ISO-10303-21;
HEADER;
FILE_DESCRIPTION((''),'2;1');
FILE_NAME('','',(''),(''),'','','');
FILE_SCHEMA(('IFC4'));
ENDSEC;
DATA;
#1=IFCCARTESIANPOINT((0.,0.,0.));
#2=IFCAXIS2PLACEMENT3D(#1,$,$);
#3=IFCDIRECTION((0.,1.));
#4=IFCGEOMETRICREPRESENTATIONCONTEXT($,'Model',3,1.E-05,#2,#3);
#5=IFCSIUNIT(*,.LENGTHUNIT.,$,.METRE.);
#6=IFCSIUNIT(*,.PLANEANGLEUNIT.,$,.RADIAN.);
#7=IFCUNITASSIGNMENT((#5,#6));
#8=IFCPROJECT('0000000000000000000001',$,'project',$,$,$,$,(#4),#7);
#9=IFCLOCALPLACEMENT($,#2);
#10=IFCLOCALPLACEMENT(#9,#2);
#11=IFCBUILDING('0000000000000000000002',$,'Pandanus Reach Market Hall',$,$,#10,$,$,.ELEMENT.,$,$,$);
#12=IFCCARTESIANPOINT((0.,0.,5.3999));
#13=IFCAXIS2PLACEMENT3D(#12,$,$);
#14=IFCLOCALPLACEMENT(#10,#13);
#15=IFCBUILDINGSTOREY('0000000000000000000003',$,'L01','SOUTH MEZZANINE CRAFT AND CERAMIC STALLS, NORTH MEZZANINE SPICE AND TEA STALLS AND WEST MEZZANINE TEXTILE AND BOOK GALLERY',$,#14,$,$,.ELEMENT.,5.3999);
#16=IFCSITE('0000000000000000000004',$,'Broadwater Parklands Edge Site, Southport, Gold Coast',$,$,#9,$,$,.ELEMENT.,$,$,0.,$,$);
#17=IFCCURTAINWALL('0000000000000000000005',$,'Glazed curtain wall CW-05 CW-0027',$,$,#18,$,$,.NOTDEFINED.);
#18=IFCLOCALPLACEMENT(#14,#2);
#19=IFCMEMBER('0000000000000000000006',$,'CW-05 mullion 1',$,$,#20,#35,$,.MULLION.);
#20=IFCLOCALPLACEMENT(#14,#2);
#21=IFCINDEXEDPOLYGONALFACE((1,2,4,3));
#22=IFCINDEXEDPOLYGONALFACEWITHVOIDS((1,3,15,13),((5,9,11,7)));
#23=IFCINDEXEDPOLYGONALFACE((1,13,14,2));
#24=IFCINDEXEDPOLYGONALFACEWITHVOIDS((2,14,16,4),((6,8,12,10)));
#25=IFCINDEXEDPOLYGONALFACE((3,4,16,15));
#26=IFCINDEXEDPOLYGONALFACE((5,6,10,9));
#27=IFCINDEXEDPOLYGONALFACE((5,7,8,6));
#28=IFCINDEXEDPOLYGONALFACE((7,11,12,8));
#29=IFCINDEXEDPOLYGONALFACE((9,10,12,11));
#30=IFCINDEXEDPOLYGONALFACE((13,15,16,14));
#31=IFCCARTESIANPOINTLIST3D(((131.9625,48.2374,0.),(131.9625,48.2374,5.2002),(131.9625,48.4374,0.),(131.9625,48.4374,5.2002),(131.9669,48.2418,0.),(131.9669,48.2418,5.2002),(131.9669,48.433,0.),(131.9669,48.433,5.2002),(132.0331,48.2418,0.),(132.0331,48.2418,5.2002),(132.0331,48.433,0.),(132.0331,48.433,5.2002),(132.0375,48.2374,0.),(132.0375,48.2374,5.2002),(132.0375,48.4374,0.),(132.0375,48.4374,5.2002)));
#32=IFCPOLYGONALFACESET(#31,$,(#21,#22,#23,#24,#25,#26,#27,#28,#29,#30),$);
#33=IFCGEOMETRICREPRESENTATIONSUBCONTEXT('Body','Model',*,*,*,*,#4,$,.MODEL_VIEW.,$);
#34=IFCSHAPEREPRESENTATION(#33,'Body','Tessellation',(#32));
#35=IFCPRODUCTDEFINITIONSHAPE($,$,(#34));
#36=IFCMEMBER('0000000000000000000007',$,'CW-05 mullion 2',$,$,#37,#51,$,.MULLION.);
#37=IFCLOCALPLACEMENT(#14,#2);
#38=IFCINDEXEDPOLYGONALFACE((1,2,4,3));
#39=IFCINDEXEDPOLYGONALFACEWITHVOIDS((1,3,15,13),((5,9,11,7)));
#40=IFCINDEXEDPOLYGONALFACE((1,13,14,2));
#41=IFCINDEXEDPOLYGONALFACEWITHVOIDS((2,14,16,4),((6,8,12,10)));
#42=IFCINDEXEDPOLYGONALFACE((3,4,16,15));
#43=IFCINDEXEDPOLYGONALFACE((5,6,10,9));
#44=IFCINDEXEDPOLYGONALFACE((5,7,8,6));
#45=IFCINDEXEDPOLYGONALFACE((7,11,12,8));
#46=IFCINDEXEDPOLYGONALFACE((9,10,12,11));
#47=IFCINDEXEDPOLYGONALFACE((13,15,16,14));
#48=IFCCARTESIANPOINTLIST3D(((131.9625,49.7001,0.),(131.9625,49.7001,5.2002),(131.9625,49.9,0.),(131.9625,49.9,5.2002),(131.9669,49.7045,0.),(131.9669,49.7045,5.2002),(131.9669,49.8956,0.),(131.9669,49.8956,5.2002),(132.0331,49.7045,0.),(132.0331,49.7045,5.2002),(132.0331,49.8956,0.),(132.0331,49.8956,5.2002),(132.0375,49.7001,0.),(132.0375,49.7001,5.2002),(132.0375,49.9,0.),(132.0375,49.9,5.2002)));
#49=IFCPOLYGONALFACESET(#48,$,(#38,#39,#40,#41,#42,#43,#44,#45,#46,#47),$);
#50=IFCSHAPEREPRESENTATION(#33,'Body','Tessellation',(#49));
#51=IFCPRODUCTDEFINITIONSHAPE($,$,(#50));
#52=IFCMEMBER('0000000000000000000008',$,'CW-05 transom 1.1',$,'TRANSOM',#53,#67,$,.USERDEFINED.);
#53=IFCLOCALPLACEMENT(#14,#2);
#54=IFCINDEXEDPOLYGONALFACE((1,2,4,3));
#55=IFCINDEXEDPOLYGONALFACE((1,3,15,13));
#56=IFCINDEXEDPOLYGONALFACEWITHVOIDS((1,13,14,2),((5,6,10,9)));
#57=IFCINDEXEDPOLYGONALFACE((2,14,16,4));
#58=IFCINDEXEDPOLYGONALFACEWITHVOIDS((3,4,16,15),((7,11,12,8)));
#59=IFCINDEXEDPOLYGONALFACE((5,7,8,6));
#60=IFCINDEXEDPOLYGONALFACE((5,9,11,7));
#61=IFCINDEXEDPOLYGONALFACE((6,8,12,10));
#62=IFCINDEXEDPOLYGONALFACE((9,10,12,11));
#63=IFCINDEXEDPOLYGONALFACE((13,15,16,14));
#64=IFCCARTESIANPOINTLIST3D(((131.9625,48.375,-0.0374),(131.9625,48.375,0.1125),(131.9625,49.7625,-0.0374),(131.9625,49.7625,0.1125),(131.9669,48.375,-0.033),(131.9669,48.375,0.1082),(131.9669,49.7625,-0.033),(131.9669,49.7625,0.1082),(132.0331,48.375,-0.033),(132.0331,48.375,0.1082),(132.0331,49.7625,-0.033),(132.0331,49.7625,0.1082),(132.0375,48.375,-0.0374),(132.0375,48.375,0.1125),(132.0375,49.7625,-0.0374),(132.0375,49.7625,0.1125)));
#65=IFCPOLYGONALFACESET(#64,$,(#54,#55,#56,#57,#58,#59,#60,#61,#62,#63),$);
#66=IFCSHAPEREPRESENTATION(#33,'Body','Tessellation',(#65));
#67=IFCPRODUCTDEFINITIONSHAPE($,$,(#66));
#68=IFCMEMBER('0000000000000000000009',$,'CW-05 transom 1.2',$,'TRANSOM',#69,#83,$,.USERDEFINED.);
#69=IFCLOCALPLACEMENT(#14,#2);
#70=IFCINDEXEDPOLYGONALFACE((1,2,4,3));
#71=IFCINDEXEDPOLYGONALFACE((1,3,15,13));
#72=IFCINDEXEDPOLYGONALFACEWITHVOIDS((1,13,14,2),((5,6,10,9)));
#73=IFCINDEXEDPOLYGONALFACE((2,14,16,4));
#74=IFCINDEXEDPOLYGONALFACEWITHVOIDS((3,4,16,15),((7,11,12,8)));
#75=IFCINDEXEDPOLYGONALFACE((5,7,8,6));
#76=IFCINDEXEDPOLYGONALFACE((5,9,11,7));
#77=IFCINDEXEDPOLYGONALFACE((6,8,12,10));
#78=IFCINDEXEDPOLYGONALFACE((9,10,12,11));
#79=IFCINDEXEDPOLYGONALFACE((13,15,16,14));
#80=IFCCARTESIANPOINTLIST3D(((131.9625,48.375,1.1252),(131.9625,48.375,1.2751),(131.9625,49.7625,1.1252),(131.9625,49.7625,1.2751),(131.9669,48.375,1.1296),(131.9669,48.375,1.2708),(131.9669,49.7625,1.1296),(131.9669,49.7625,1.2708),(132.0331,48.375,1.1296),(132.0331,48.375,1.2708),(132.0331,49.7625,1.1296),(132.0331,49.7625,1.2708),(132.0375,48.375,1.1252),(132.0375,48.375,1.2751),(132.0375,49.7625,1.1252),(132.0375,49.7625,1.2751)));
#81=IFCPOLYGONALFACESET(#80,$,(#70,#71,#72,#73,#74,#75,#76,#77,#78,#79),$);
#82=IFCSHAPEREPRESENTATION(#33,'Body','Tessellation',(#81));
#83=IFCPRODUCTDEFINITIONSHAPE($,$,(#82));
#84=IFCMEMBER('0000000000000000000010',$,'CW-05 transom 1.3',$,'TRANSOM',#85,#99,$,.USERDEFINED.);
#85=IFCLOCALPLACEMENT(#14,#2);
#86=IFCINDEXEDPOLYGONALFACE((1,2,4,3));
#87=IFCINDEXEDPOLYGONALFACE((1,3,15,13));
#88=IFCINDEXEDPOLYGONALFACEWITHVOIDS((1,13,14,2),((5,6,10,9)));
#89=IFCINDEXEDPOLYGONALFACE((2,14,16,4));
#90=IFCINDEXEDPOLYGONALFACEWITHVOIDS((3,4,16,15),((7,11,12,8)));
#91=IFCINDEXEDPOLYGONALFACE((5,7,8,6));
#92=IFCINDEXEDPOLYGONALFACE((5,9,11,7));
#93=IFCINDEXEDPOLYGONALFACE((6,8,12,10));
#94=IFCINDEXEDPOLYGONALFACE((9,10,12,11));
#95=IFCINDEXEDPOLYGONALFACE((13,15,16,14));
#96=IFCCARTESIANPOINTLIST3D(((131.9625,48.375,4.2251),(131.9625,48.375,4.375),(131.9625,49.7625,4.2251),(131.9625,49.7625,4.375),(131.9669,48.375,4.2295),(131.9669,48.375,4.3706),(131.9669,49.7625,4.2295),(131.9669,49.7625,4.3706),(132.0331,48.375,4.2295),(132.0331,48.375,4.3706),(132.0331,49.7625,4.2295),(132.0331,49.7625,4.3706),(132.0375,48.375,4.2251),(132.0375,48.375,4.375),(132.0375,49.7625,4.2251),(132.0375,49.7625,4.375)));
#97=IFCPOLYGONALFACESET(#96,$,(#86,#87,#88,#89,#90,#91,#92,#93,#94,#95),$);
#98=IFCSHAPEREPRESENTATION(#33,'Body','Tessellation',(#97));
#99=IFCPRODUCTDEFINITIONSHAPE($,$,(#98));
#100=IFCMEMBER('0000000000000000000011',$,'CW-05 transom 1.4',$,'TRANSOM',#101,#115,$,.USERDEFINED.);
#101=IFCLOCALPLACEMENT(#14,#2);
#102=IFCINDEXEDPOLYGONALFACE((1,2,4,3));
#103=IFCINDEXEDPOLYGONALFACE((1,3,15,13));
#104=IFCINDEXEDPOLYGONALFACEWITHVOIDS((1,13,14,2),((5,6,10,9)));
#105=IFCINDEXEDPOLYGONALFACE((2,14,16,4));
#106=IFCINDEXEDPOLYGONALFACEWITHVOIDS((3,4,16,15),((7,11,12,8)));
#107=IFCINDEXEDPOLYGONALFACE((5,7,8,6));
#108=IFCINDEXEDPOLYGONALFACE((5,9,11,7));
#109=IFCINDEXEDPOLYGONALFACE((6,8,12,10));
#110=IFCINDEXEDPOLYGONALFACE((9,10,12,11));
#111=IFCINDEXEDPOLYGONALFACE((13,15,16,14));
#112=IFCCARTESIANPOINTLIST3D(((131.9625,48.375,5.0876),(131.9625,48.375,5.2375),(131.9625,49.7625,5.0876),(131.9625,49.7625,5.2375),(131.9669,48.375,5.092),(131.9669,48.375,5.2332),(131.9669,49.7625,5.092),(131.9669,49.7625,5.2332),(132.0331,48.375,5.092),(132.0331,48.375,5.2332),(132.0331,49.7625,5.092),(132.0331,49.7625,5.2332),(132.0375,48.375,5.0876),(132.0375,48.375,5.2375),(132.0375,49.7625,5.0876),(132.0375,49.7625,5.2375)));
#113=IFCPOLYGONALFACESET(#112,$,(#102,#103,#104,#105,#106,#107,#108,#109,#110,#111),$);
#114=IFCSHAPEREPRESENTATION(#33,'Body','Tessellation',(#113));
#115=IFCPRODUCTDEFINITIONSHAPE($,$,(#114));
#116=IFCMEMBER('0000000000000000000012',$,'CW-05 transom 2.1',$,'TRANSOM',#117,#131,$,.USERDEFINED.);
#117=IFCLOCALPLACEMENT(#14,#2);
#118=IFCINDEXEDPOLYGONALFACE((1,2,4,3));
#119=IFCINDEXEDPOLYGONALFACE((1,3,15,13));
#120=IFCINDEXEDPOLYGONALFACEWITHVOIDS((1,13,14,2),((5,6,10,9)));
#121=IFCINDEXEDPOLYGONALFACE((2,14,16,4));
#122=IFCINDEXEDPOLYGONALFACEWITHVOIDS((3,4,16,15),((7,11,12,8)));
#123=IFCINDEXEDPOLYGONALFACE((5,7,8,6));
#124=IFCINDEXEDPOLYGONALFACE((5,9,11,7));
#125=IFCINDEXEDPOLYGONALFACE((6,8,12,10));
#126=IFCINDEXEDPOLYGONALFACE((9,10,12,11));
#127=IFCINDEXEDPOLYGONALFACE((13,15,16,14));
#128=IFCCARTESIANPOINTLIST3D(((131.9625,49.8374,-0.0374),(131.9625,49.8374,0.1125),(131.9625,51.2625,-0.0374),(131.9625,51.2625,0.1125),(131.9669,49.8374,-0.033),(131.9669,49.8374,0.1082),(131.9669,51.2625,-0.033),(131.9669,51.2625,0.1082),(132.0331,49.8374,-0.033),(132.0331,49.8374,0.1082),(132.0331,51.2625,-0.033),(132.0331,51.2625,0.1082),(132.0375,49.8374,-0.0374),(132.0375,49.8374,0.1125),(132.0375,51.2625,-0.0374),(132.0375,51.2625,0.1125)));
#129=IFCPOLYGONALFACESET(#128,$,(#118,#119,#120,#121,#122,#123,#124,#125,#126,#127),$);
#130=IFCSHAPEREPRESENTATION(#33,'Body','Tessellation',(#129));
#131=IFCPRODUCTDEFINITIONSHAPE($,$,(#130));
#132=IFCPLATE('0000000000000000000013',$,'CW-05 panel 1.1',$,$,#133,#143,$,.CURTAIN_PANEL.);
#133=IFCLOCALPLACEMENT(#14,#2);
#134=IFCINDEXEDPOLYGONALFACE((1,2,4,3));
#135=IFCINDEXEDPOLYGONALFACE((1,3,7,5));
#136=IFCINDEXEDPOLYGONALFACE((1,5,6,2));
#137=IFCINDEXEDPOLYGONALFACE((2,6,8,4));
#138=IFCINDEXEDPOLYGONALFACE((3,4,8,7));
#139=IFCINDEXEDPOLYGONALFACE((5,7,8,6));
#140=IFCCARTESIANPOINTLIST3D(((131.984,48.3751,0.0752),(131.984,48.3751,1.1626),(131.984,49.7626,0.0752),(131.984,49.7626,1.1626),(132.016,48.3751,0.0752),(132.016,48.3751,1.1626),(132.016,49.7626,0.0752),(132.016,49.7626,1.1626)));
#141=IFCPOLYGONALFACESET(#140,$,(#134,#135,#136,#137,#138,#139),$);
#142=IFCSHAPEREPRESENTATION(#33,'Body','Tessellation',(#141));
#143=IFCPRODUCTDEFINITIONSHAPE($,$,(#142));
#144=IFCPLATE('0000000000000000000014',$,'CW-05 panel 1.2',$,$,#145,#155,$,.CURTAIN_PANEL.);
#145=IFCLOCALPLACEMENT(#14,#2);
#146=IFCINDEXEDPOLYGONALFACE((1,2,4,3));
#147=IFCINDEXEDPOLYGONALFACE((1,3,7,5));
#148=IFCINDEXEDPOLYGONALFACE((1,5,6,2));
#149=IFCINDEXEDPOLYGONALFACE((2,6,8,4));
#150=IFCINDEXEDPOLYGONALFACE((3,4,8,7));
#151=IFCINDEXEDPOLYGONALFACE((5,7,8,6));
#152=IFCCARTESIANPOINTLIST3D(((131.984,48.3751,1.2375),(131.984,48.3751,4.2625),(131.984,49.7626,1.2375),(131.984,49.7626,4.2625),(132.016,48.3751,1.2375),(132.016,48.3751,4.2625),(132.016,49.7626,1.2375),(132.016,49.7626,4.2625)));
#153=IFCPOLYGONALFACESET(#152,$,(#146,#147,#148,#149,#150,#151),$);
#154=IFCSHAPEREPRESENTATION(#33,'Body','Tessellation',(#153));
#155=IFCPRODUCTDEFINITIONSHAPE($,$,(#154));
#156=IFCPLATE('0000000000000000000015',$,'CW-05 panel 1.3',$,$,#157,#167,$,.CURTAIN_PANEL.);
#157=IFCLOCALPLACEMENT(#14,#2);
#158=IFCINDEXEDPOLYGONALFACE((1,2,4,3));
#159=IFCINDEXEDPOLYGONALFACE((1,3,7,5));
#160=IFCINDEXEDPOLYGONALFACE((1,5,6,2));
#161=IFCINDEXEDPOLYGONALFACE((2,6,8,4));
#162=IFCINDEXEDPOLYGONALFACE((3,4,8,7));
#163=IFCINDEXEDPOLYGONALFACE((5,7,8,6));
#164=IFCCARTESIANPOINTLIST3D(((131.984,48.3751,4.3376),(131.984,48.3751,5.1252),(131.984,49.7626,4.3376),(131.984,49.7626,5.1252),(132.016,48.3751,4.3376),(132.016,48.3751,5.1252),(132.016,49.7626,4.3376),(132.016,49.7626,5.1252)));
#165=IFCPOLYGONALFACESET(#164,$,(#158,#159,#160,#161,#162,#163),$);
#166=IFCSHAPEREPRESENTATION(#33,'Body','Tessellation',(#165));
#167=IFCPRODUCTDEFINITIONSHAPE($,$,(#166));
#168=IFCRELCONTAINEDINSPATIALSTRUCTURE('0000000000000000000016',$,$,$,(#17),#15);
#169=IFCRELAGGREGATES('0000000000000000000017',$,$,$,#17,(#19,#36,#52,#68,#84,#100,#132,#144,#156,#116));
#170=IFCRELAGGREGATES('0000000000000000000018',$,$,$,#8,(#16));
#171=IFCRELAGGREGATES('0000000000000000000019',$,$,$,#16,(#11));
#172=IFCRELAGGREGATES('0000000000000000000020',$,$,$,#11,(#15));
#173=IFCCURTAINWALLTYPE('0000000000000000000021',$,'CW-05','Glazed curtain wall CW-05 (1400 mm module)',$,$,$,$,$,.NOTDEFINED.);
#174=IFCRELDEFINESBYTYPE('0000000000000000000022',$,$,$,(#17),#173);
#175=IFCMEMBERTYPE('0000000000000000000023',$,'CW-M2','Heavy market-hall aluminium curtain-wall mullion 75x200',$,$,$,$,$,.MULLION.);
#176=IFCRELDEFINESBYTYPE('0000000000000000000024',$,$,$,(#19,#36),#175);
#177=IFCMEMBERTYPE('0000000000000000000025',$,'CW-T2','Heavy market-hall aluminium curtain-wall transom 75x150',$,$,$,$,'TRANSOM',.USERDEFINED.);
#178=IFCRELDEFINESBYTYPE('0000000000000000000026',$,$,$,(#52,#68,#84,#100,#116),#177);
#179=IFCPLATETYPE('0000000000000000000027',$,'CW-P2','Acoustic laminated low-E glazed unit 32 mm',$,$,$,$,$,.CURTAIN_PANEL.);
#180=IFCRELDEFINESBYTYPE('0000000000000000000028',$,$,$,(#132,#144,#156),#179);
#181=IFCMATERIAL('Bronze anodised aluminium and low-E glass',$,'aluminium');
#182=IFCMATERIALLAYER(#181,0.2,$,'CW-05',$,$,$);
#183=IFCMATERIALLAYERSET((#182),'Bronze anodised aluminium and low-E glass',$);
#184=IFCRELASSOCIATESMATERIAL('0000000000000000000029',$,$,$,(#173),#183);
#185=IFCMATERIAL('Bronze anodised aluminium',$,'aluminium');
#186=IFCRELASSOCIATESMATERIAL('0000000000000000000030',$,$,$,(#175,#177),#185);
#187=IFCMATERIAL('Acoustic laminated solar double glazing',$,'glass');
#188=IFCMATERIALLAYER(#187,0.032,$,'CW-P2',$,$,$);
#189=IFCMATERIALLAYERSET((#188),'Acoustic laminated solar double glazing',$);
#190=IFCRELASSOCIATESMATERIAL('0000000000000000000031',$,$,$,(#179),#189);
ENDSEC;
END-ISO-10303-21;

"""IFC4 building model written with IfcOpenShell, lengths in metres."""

from ifc_helpers import new_model, si_unit, direction, frame, origin, origin_2d, place, context, subcontext, project, spatial, rectangle, hollow_rectangle, extrude, material, layer, layer_set, material_profile, profile_set, type_object, element, aggregate, save


model = new_model("IFC4")

# Units and contexts
model_context = context("Model", 3, precision=1e-05, world=origin(), true_north=direction((0.0, 1.0)))
body_context = subcontext(model_context, "Body", "Model", "MODEL_VIEW")
ifc_project = project(units=[si_unit("LENGTHUNIT", "METRE"), si_unit("PLANEANGLEUNIT", "RADIAN")], contexts=[model_context])

# Site, building, storey
site_placement = place(None, origin())
site = spatial("IfcSite", under=ifc_project, at=site_placement, Name="Broadwater Parklands Edge Site, Southport, Gold Coast", CompositionType="ELEMENT", RefElevation=0.0)
building_placement = place(site_placement, origin())
building = spatial("IfcBuilding", under=site, at=building_placement, Name="Pandanus Reach Market Hall", CompositionType="ELEMENT")
storey_placement = place(building_placement, frame((0.0, 0.0, 5.3999)))
storey = spatial("IfcBuildingStorey", under=building, at=storey_placement, Name="L01", Description="SOUTH MEZZANINE CRAFT AND CERAMIC STALLS, NORTH MEZZANINE SPICE AND TEA STALLS AND WEST MEZZANINE TEXTILE AND BOOK GALLERY", CompositionType="ELEMENT", Elevation=5.3999)

# Shared definitions
ifc_material_1 = material(Name="Bronze anodised aluminium and low-E glass", Category="aluminium")
ifc_layer_1 = layer(ifc_material_1, 0.2, Name="CW-05")
ifc_layer_set_1 = layer_set([ifc_layer_1], Name="Bronze anodised aluminium and low-E glass")
curtain_wall_type = type_object("IfcCurtainWallType", Name="CW-05", Description="Glazed curtain wall CW-05 (1400 mm module)", PredefinedType="NOTDEFINED", material=ifc_layer_set_1)
ifc_material_2 = material(Name="Bronze anodised aluminium", Category="aluminium")
ifc_material_profile_1 = material_profile(ifc_material_2, hollow_rectangle(XDim=0.075, YDim=0.2, WallThickness=0.0044, at=origin_2d()), Name="ALU75x200", Category="LoadBearing")
ifc_profile_set_1 = profile_set([ifc_material_profile_1], Name="Bronze anodised aluminium")
member_type_1 = type_object("IfcMemberType", Name="CW-M2", Description="Heavy market-hall aluminium curtain-wall mullion 75x200", PredefinedType="MULLION", material=ifc_profile_set_1)

# Curtain wall, members, plates
curtain_wall_1_placement = place(storey_placement, origin())
curtain_wall_1 = element("IfcCurtainWall", 1, at=curtain_wall_1_placement, inside=storey, type_object=curtain_wall_type, Name="Glazed curtain wall CW-05 CW-0027", PredefinedType="NOTDEFINED")
member_1_placement = place(storey_placement, frame((132.0, 48.3374, 0.0), z_axis=(0.0, 0.0, 1.0), x_axis=(-1.0, 0.0, 0.0)))
member_1 = element("IfcMember", 2, at=member_1_placement, type_object=member_type_1, Name="CW-05 mullion 1", PredefinedType="MULLION", context=body_context, shape_type="SweptSolid", body=[
    extrude(hollow_rectangle(XDim=0.075, YDim=0.2, WallThickness=0.0044, at=origin_2d()), origin(), (0.0, 0.0, 1.0), 5.2002),
])
member_2_placement = place(storey_placement, frame((132.0, 49.8, 0.0), z_axis=(0.0, 0.0, 1.0), x_axis=(-1.0, 0.0, 0.0)))
member_2 = element("IfcMember", 3, at=member_2_placement, type_object=member_type_1, Name="CW-05 mullion 2", PredefinedType="MULLION", context=body_context, shape_type="SweptSolid", body=[
    extrude(hollow_rectangle(XDim=0.075, YDim=0.2, WallThickness=0.0044, at=origin_2d()), origin(), (0.0, 0.0, 1.0), 5.2002),
])
ifc_material_profile_2 = material_profile(ifc_material_2, hollow_rectangle(XDim=0.075, YDim=0.1499, WallThickness=0.0044, at=origin_2d()), Name="ALU75x150", Category="LoadBearing")
ifc_profile_set_2 = profile_set([ifc_material_profile_2], Name="Bronze anodised aluminium")
member_type_2 = type_object("IfcMemberType", Name="CW-T2", Description="Heavy market-hall aluminium curtain-wall transom 75x150", ElementType="TRANSOM", PredefinedType="USERDEFINED", material=ifc_profile_set_2)
member_3_placement = place(storey_placement, frame((132.0, 48.375, 0.0376), z_axis=(0.0, 1.0, 0.0), x_axis=(-1.0, 0.0, 0.0)))
member_3 = element("IfcMember", 4, at=member_3_placement, type_object=member_type_2, Name="CW-05 transom 1.1", ObjectType="TRANSOM", PredefinedType="USERDEFINED", context=body_context, shape_type="SweptSolid", body=[
    extrude(hollow_rectangle(XDim=0.075, YDim=0.1499, WallThickness=0.0044, at=origin_2d()), origin(), (0.0, 0.0, 1.0), 1.3875),
])
member_4_placement = place(storey_placement, frame((132.0, 48.375, 1.2002), z_axis=(0.0, 1.0, 0.0), x_axis=(-1.0, 0.0, 0.0)))
member_4 = element("IfcMember", 5, at=member_4_placement, type_object=member_type_2, Name="CW-05 transom 1.2", ObjectType="TRANSOM", PredefinedType="USERDEFINED", context=body_context, shape_type="SweptSolid", body=[
    extrude(hollow_rectangle(XDim=0.075, YDim=0.1499, WallThickness=0.0044, at=origin_2d()), origin(), (0.0, 0.0, 1.0), 1.3875),
])
member_5_placement = place(storey_placement, frame((132.0, 48.375, 4.3), z_axis=(0.0, 1.0, 0.0), x_axis=(-1.0, 0.0, 0.0)))
member_5 = element("IfcMember", 6, at=member_5_placement, type_object=member_type_2, Name="CW-05 transom 1.3", ObjectType="TRANSOM", PredefinedType="USERDEFINED", context=body_context, shape_type="SweptSolid", body=[
    extrude(hollow_rectangle(XDim=0.075, YDim=0.1499, WallThickness=0.0044, at=origin_2d()), origin(), (0.0, 0.0, 1.0), 1.3875),
])
member_6_placement = place(storey_placement, frame((132.0, 48.375, 5.1626), z_axis=(0.0, 1.0, 0.0), x_axis=(-1.0, 0.0, 0.0)))
member_6 = element("IfcMember", 7, at=member_6_placement, type_object=member_type_2, Name="CW-05 transom 1.4", ObjectType="TRANSOM", PredefinedType="USERDEFINED", context=body_context, shape_type="SweptSolid", body=[
    extrude(hollow_rectangle(XDim=0.075, YDim=0.1499, WallThickness=0.0044, at=origin_2d()), origin(), (0.0, 0.0, 1.0), 1.3875),
])
member_7_placement = place(storey_placement, frame((132.0, 49.8374, 0.0376), z_axis=(0.0, 1.0, 0.0), x_axis=(-1.0, 0.0, 0.0)))
member_7 = element("IfcMember", 8, at=member_7_placement, type_object=member_type_2, Name="CW-05 transom 2.1", ObjectType="TRANSOM", PredefinedType="USERDEFINED", context=body_context, shape_type="SweptSolid", body=[
    extrude(hollow_rectangle(XDim=0.075, YDim=0.1499, WallThickness=0.0044, at=origin_2d()), origin(), (0.0, 0.0, 1.0), 1.425),
])
ifc_material_3 = material(Name="Acoustic laminated solar double glazing", Category="glass")
ifc_layer_2 = layer(ifc_material_3, 0.032, Name="CW-P2")
ifc_layer_set_2 = layer_set([ifc_layer_2], Name="Acoustic laminated solar double glazing")
plate_type = type_object("IfcPlateType", Name="CW-P2", Description="Acoustic laminated low-E glazed unit 32 mm", PredefinedType="CURTAIN_PANEL", material=ifc_layer_set_2)
plate_1_placement = place(storey_placement, frame((132.0, 49.0688, 0.0752), z_axis=(0.0, 0.0, 1.0), x_axis=(0.0, 1.0, 0.0)))
plate_1 = element("IfcPlate", 9, at=plate_1_placement, type_object=plate_type, Name="CW-05 panel 1.1", PredefinedType="CURTAIN_PANEL", context=body_context, shape_type="SweptSolid", body=[
    extrude(rectangle(XDim=1.3875, YDim=0.032, at=origin_2d()), origin(), (0.0, 0.0, 1.0), 1.0874),
])
plate_2_placement = place(storey_placement, frame((132.0, 49.0688, 1.2375), z_axis=(0.0, 0.0, 1.0), x_axis=(0.0, 1.0, 0.0)))
plate_2 = element("IfcPlate", 10, at=plate_2_placement, type_object=plate_type, Name="CW-05 panel 1.2", PredefinedType="CURTAIN_PANEL", context=body_context, shape_type="SweptSolid", body=[
    extrude(rectangle(XDim=1.3875, YDim=0.032, at=origin_2d()), origin(), (0.0, 0.0, 1.0), 3.0249),
])
plate_3_placement = place(storey_placement, frame((132.0, 49.0688, 4.3376), z_axis=(0.0, 0.0, 1.0), x_axis=(0.0, 1.0, 0.0)))
plate_3 = element("IfcPlate", 11, at=plate_3_placement, type_object=plate_type, Name="CW-05 panel 1.3", PredefinedType="CURTAIN_PANEL", context=body_context, shape_type="SweptSolid", body=[
    extrude(rectangle(XDim=1.3875, YDim=0.032, at=origin_2d()), origin(), (0.0, 0.0, 1.0), 0.7876),
])
aggregate(curtain_wall_1, [member_1, member_2, member_3, member_4, member_5, member_6, plate_1, plate_2, plate_3, member_7])

save(model, "model.ifc")
